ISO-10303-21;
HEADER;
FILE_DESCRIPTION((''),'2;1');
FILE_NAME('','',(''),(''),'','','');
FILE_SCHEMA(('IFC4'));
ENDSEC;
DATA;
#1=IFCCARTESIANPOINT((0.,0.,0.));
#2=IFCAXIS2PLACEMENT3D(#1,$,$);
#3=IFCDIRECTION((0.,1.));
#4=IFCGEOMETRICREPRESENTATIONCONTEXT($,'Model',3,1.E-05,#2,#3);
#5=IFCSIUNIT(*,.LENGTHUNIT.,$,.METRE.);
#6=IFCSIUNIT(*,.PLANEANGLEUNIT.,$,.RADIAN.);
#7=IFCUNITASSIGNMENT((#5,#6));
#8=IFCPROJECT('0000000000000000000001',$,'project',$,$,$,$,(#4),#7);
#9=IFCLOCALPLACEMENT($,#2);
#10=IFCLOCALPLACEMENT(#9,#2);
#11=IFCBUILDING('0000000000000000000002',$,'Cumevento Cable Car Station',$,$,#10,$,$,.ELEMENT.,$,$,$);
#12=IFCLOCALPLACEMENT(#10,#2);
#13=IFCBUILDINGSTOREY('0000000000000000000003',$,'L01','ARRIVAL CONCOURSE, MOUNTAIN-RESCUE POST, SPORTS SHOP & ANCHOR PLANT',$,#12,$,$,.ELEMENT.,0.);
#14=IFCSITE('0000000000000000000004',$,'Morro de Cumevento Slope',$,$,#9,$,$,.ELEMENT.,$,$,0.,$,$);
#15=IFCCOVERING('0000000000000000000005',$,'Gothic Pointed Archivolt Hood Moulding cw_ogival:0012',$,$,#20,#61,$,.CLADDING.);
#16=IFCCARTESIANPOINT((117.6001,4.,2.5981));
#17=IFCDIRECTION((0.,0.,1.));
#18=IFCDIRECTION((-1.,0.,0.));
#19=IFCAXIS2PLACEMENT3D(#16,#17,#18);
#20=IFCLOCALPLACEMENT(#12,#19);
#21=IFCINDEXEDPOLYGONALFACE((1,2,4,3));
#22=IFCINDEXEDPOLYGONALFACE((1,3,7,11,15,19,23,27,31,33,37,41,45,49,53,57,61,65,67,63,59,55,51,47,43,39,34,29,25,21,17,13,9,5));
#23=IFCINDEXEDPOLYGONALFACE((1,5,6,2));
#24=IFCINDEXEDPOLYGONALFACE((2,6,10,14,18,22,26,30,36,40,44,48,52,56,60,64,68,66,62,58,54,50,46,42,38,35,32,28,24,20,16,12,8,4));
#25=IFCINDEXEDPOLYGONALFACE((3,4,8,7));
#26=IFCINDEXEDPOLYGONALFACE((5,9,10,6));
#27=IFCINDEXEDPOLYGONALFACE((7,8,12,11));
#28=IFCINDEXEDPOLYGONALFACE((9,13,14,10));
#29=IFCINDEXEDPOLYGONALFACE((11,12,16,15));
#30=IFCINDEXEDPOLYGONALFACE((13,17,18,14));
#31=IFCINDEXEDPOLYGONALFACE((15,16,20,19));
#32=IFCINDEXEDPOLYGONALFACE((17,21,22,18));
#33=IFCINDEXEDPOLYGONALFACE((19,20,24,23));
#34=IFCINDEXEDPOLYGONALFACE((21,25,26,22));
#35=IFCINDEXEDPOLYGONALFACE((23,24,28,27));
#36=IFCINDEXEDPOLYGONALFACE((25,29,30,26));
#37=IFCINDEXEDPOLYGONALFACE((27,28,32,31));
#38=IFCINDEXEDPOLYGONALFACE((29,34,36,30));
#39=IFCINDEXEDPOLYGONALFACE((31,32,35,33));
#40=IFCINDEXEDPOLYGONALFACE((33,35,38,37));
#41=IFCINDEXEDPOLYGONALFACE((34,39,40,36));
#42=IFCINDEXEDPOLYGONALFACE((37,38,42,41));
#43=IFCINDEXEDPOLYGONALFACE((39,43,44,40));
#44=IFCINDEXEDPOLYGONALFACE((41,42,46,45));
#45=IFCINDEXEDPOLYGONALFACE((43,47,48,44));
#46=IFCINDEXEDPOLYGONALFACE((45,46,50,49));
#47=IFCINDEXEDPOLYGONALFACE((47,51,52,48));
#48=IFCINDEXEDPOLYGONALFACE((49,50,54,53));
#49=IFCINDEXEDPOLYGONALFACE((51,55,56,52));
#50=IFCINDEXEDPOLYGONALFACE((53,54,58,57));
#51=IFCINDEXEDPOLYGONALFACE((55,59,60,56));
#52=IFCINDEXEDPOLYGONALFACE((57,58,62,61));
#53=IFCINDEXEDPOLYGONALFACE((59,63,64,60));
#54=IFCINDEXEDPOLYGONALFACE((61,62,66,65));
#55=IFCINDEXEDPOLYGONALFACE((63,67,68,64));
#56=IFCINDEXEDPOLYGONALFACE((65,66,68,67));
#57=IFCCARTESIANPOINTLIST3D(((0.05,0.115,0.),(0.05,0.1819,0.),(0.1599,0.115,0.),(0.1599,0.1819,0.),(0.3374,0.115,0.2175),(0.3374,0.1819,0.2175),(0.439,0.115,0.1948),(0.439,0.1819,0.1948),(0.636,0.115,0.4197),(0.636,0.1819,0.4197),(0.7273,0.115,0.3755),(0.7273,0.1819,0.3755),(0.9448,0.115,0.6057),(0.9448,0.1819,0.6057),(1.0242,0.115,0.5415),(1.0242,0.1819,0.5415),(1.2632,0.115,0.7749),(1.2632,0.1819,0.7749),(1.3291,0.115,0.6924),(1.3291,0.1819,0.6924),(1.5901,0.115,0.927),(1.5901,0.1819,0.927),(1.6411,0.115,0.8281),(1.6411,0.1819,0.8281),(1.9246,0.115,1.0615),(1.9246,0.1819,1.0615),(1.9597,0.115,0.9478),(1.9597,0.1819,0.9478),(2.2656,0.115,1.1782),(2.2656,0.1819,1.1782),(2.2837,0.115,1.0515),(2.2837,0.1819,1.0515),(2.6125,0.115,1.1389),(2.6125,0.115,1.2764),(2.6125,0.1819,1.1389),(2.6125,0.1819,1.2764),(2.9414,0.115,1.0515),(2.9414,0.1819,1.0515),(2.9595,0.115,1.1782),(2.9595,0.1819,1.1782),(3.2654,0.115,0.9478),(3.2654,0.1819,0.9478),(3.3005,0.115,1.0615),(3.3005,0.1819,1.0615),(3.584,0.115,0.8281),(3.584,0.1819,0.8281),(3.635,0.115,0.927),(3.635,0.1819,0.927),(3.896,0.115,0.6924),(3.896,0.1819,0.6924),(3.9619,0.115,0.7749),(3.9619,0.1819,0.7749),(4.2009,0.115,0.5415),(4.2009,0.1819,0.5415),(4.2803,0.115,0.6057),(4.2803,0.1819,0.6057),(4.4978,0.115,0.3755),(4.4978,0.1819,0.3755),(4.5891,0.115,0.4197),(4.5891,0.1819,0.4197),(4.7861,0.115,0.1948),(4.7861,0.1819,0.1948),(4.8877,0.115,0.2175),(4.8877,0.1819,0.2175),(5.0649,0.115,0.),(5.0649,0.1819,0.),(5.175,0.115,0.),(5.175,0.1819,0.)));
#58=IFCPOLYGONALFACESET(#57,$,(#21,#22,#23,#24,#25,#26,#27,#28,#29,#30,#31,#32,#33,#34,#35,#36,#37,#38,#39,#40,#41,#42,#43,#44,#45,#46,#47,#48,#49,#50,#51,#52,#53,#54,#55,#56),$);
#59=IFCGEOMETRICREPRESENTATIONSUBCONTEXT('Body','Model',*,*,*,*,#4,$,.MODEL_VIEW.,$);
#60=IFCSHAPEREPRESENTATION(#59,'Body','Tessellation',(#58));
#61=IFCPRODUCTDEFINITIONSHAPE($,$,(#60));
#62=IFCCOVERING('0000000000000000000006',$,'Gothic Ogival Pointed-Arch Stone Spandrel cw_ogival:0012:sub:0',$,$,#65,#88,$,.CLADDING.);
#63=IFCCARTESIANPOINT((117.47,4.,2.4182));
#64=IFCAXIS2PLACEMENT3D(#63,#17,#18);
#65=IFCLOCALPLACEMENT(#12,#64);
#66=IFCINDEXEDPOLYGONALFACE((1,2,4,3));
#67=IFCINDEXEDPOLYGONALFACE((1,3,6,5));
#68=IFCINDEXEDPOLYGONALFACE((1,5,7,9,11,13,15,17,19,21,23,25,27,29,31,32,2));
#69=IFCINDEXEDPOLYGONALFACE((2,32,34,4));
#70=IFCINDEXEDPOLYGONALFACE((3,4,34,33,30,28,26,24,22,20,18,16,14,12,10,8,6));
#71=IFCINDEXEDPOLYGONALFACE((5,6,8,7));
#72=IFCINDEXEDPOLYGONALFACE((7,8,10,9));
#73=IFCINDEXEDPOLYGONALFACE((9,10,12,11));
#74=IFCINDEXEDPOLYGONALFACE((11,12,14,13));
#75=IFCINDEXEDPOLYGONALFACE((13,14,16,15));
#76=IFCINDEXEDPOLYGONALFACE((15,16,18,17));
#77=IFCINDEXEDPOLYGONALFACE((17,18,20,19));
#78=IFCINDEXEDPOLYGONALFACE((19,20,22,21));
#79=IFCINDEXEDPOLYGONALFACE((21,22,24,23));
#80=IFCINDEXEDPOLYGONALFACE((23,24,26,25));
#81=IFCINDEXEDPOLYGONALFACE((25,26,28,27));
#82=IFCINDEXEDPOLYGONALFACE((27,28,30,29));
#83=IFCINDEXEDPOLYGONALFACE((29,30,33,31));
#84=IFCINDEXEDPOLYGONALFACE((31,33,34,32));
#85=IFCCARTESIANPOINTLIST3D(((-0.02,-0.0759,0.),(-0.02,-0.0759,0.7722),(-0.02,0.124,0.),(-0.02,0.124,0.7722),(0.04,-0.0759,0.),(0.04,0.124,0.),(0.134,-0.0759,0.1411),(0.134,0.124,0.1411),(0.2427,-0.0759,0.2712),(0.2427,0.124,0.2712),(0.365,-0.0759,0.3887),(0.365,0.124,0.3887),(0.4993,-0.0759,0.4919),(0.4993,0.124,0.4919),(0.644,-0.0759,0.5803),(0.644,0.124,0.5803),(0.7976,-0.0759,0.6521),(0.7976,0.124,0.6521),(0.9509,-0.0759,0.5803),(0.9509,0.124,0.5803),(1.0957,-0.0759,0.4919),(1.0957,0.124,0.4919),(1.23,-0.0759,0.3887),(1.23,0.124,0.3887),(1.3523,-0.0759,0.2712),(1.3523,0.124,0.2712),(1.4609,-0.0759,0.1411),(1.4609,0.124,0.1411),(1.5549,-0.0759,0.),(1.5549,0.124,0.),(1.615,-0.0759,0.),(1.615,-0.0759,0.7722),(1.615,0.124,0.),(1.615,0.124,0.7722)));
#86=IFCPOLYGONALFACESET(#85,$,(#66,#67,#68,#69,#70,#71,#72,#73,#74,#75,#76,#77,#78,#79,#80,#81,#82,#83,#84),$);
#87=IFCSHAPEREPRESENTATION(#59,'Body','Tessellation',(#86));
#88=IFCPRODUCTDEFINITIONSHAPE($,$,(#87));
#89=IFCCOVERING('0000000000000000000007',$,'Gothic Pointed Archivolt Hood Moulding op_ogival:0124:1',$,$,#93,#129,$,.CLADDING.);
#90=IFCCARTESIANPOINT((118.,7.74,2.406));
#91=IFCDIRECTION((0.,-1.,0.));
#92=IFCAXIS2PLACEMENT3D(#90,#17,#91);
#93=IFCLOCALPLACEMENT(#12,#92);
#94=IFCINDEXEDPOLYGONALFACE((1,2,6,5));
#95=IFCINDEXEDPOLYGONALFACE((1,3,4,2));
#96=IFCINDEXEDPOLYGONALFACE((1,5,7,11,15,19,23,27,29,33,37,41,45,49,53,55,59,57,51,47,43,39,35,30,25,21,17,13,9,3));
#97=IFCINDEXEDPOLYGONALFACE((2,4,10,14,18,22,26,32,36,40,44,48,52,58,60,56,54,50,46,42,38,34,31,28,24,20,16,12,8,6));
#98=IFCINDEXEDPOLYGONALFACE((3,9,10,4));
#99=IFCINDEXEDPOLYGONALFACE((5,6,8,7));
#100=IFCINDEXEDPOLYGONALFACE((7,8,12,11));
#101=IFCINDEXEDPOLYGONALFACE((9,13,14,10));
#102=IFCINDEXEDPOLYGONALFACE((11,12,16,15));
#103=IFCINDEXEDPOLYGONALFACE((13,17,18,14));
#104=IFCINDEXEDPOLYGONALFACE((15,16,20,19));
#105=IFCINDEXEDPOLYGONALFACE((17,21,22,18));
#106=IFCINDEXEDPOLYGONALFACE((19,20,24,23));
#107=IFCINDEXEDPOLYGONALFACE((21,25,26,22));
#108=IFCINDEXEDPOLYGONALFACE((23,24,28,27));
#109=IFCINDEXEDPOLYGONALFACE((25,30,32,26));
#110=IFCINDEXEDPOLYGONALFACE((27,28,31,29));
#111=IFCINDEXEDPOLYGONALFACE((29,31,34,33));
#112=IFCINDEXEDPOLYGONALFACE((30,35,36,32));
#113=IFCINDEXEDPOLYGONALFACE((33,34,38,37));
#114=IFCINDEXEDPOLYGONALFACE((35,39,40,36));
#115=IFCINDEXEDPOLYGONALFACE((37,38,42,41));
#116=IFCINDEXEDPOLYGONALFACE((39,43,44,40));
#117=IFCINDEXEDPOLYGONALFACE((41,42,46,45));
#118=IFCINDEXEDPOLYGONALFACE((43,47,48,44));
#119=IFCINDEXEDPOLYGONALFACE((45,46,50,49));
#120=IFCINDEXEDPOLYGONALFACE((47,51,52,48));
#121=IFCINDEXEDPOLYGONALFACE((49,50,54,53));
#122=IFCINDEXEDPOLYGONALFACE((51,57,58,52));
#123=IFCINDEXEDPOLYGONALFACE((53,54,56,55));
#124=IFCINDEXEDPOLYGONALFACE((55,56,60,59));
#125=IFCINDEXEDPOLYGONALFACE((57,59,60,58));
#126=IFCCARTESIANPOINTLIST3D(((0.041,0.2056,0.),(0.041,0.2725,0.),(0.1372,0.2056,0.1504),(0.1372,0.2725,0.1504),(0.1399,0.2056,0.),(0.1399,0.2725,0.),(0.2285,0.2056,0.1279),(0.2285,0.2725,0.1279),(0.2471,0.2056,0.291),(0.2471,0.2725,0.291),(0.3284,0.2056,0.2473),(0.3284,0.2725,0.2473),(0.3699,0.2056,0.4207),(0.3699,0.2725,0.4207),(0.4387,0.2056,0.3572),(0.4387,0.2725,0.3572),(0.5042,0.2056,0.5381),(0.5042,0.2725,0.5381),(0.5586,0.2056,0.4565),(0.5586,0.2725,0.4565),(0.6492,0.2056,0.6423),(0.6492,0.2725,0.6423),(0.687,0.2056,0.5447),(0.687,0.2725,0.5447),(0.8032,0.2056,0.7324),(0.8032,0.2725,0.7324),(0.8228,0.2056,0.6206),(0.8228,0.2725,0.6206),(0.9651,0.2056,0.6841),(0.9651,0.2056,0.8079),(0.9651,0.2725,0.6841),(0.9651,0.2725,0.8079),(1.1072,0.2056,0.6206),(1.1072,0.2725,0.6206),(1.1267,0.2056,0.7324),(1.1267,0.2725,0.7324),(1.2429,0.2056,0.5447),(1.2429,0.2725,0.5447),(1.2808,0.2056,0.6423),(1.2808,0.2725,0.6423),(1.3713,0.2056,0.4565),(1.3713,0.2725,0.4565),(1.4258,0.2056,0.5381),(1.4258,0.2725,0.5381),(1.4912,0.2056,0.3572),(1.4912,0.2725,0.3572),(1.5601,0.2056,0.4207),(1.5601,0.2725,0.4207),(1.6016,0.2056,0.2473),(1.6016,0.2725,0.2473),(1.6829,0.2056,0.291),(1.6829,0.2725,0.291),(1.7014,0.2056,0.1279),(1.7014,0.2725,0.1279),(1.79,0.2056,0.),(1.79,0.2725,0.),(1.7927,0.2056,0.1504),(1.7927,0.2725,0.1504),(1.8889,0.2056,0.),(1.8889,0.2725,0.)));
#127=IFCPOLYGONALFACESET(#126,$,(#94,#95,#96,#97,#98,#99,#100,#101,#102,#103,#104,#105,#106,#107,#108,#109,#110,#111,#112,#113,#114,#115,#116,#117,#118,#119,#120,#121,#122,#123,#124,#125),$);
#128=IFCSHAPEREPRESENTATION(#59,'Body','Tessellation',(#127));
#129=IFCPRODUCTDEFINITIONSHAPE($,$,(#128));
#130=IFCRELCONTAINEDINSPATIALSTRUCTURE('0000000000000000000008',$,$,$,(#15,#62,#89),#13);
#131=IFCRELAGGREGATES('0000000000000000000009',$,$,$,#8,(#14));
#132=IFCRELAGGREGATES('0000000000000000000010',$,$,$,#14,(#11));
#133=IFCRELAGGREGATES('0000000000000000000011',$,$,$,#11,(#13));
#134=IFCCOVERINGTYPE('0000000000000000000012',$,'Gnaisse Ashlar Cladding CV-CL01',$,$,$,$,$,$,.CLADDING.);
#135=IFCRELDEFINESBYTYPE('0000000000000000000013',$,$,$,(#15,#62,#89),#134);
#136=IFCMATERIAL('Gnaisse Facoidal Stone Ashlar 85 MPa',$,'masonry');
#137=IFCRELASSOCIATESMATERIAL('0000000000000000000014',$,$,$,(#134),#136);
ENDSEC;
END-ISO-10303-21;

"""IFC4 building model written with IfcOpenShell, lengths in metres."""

from ifc_helpers import new_model, si_unit, direction, frame, origin, place, context, subcontext, project, spatial, polyline, outline, extrude, material, type_object, element, save


model = new_model("IFC4")

# Units and contexts
model_context = context("Model", 3, precision=1e-05, world=origin(), true_north=direction((0.0, 1.0)))
body_context = subcontext(model_context, "Body", "Model", "MODEL_VIEW")
ifc_project = project(units=[si_unit("LENGTHUNIT", "METRE"), si_unit("PLANEANGLEUNIT", "RADIAN")], contexts=[model_context])

# Site, building, storey
site_placement = place(None, origin())
site = spatial("IfcSite", under=ifc_project, at=site_placement, Name="Morro de Cumevento Slope", CompositionType="ELEMENT", RefElevation=0.0)
building_placement = place(site_placement, origin())
building = spatial("IfcBuilding", under=site, at=building_placement, Name="Cumevento Cable Car Station", CompositionType="ELEMENT")
storey_placement = place(building_placement, origin())
storey = spatial("IfcBuildingStorey", under=building, at=storey_placement, Name="L01", Description="ARRIVAL CONCOURSE, MOUNTAIN-RESCUE POST, SPORTS SHOP & ANCHOR PLANT", CompositionType="ELEMENT", Elevation=0.0)

# Coverings
ifc_material_1 = material(Name="Gnaisse Facoidal Stone Ashlar 85 MPa", Category="masonry")
covering_type = type_object("IfcCoveringType", Name="Gnaisse Ashlar Cladding CV-CL01", PredefinedType="CLADDING", material=ifc_material_1)
covering_1_placement = place(storey_placement, frame((117.6001, 4.0, 2.5981), z_axis=(0.0, 0.0, 1.0), x_axis=(-1.0, 0.0, 0.0)))
element("IfcCovering", 1, at=covering_1_placement, inside=storey, type_object=covering_type, Name="Gothic Pointed Archivolt Hood Moulding cw_ogival:0012", PredefinedType="CLADDING", context=body_context, shape_type="SweptSolid", body=[
    extrude(outline(polyline([(0.1599, 0.0), (0.439, 0.1948), (0.7273, 0.3755), (1.0242, 0.5415), (1.3291, 0.6924), (1.6411, 0.8281), (1.9597, 0.9478), (2.2837, 1.0515), (2.6125, 1.1389), (2.9414, 1.0515), (3.2654, 0.9478), (3.584, 0.8281), (3.896, 0.6924), (4.2009, 0.5415), (4.4978, 0.3755), (4.7861, 0.1948), (5.0649, 0.0), (5.175, 0.0), (4.8877, 0.2175), (4.5891, 0.4197), (4.2803, 0.6057), (3.9619, 0.7749), (3.635, 0.927), (3.3005, 1.0615), (2.9595, 1.1782), (2.6125, 1.2764), (2.2656, 1.1782), (1.9246, 1.0615), (1.5901, 0.927), (1.2632, 0.7749), (0.9448, 0.6057), (0.636, 0.4197), (0.3374, 0.2175), (0.05, 0.0), (0.1599, 0.0)])), frame((0.0, 0.1819, 0.0), z_axis=(0.0, -1.0, 0.0), x_axis=(1.0, 0.0, 0.0)), (0.0, 0.0, 1.0), 0.0669),
])
covering_2_placement = place(storey_placement, frame((117.47, 4.0, 2.4182), z_axis=(0.0, 0.0, 1.0), x_axis=(-1.0, 0.0, 0.0)))
element("IfcCovering", 2, at=covering_2_placement, inside=storey, type_object=covering_type, Name="Gothic Ogival Pointed-Arch Stone Spandrel cw_ogival:0012:sub:0", PredefinedType="CLADDING", context=body_context, shape_type="SweptSolid", body=[
    extrude(outline(polyline([(-0.02, 0.0), (-0.02, 0.7722), (1.615, 0.7722), (1.615, 0.0), (1.5549, 0.0), (1.4609, 0.1411), (1.3523, 0.2712), (1.23, 0.3887), (1.0957, 0.4919), (0.9509, 0.5803), (0.7976, 0.6521), (0.644, 0.5803), (0.4993, 0.4919), (0.365, 0.3887), (0.2427, 0.2712), (0.134, 0.1411), (0.04, 0.0), (-0.02, 0.0)])), frame((0.0, 0.124, 0.0), z_axis=(0.0, -1.0, 0.0), x_axis=(1.0, 0.0, 0.0)), (0.0, 0.0, 1.0), 0.2),
])
covering_3_placement = place(storey_placement, frame((118.0, 7.74, 2.406), z_axis=(0.0, 0.0, 1.0), x_axis=(0.0, -1.0, 0.0)))
element("IfcCovering", 3, at=covering_3_placement, inside=storey, type_object=covering_type, Name="Gothic Pointed Archivolt Hood Moulding op_ogival:0124:1", PredefinedType="CLADDING", context=body_context, shape_type="SweptSolid", body=[
    extrude(outline(polyline([(0.1399, 0.0), (0.2285, 0.1279), (0.3284, 0.2473), (0.4387, 0.3572), (0.5586, 0.4565), (0.687, 0.5447), (0.8228, 0.6206), (0.9651, 0.6841), (1.1072, 0.6206), (1.2429, 0.5447), (1.3713, 0.4565), (1.4912, 0.3572), (1.6016, 0.2473), (1.7014, 0.1279), (1.79, 0.0), (1.8889, 0.0), (1.7927, 0.1504), (1.6829, 0.291), (1.5601, 0.4207), (1.4258, 0.5381), (1.2808, 0.6423), (1.1267, 0.7324), (0.9651, 0.8079), (0.8032, 0.7324), (0.6492, 0.6423), (0.5042, 0.5381), (0.3699, 0.4207), (0.2471, 0.291), (0.1372, 0.1504), (0.041, 0.0), (0.1399, 0.0)])), frame((0.0, 0.2725, 0.0), z_axis=(0.0, -1.0, 0.0), x_axis=(1.0, 0.0, 0.0)), (0.0, 0.0, 1.0), 0.0669),
])

save(model, "model.ifc")
